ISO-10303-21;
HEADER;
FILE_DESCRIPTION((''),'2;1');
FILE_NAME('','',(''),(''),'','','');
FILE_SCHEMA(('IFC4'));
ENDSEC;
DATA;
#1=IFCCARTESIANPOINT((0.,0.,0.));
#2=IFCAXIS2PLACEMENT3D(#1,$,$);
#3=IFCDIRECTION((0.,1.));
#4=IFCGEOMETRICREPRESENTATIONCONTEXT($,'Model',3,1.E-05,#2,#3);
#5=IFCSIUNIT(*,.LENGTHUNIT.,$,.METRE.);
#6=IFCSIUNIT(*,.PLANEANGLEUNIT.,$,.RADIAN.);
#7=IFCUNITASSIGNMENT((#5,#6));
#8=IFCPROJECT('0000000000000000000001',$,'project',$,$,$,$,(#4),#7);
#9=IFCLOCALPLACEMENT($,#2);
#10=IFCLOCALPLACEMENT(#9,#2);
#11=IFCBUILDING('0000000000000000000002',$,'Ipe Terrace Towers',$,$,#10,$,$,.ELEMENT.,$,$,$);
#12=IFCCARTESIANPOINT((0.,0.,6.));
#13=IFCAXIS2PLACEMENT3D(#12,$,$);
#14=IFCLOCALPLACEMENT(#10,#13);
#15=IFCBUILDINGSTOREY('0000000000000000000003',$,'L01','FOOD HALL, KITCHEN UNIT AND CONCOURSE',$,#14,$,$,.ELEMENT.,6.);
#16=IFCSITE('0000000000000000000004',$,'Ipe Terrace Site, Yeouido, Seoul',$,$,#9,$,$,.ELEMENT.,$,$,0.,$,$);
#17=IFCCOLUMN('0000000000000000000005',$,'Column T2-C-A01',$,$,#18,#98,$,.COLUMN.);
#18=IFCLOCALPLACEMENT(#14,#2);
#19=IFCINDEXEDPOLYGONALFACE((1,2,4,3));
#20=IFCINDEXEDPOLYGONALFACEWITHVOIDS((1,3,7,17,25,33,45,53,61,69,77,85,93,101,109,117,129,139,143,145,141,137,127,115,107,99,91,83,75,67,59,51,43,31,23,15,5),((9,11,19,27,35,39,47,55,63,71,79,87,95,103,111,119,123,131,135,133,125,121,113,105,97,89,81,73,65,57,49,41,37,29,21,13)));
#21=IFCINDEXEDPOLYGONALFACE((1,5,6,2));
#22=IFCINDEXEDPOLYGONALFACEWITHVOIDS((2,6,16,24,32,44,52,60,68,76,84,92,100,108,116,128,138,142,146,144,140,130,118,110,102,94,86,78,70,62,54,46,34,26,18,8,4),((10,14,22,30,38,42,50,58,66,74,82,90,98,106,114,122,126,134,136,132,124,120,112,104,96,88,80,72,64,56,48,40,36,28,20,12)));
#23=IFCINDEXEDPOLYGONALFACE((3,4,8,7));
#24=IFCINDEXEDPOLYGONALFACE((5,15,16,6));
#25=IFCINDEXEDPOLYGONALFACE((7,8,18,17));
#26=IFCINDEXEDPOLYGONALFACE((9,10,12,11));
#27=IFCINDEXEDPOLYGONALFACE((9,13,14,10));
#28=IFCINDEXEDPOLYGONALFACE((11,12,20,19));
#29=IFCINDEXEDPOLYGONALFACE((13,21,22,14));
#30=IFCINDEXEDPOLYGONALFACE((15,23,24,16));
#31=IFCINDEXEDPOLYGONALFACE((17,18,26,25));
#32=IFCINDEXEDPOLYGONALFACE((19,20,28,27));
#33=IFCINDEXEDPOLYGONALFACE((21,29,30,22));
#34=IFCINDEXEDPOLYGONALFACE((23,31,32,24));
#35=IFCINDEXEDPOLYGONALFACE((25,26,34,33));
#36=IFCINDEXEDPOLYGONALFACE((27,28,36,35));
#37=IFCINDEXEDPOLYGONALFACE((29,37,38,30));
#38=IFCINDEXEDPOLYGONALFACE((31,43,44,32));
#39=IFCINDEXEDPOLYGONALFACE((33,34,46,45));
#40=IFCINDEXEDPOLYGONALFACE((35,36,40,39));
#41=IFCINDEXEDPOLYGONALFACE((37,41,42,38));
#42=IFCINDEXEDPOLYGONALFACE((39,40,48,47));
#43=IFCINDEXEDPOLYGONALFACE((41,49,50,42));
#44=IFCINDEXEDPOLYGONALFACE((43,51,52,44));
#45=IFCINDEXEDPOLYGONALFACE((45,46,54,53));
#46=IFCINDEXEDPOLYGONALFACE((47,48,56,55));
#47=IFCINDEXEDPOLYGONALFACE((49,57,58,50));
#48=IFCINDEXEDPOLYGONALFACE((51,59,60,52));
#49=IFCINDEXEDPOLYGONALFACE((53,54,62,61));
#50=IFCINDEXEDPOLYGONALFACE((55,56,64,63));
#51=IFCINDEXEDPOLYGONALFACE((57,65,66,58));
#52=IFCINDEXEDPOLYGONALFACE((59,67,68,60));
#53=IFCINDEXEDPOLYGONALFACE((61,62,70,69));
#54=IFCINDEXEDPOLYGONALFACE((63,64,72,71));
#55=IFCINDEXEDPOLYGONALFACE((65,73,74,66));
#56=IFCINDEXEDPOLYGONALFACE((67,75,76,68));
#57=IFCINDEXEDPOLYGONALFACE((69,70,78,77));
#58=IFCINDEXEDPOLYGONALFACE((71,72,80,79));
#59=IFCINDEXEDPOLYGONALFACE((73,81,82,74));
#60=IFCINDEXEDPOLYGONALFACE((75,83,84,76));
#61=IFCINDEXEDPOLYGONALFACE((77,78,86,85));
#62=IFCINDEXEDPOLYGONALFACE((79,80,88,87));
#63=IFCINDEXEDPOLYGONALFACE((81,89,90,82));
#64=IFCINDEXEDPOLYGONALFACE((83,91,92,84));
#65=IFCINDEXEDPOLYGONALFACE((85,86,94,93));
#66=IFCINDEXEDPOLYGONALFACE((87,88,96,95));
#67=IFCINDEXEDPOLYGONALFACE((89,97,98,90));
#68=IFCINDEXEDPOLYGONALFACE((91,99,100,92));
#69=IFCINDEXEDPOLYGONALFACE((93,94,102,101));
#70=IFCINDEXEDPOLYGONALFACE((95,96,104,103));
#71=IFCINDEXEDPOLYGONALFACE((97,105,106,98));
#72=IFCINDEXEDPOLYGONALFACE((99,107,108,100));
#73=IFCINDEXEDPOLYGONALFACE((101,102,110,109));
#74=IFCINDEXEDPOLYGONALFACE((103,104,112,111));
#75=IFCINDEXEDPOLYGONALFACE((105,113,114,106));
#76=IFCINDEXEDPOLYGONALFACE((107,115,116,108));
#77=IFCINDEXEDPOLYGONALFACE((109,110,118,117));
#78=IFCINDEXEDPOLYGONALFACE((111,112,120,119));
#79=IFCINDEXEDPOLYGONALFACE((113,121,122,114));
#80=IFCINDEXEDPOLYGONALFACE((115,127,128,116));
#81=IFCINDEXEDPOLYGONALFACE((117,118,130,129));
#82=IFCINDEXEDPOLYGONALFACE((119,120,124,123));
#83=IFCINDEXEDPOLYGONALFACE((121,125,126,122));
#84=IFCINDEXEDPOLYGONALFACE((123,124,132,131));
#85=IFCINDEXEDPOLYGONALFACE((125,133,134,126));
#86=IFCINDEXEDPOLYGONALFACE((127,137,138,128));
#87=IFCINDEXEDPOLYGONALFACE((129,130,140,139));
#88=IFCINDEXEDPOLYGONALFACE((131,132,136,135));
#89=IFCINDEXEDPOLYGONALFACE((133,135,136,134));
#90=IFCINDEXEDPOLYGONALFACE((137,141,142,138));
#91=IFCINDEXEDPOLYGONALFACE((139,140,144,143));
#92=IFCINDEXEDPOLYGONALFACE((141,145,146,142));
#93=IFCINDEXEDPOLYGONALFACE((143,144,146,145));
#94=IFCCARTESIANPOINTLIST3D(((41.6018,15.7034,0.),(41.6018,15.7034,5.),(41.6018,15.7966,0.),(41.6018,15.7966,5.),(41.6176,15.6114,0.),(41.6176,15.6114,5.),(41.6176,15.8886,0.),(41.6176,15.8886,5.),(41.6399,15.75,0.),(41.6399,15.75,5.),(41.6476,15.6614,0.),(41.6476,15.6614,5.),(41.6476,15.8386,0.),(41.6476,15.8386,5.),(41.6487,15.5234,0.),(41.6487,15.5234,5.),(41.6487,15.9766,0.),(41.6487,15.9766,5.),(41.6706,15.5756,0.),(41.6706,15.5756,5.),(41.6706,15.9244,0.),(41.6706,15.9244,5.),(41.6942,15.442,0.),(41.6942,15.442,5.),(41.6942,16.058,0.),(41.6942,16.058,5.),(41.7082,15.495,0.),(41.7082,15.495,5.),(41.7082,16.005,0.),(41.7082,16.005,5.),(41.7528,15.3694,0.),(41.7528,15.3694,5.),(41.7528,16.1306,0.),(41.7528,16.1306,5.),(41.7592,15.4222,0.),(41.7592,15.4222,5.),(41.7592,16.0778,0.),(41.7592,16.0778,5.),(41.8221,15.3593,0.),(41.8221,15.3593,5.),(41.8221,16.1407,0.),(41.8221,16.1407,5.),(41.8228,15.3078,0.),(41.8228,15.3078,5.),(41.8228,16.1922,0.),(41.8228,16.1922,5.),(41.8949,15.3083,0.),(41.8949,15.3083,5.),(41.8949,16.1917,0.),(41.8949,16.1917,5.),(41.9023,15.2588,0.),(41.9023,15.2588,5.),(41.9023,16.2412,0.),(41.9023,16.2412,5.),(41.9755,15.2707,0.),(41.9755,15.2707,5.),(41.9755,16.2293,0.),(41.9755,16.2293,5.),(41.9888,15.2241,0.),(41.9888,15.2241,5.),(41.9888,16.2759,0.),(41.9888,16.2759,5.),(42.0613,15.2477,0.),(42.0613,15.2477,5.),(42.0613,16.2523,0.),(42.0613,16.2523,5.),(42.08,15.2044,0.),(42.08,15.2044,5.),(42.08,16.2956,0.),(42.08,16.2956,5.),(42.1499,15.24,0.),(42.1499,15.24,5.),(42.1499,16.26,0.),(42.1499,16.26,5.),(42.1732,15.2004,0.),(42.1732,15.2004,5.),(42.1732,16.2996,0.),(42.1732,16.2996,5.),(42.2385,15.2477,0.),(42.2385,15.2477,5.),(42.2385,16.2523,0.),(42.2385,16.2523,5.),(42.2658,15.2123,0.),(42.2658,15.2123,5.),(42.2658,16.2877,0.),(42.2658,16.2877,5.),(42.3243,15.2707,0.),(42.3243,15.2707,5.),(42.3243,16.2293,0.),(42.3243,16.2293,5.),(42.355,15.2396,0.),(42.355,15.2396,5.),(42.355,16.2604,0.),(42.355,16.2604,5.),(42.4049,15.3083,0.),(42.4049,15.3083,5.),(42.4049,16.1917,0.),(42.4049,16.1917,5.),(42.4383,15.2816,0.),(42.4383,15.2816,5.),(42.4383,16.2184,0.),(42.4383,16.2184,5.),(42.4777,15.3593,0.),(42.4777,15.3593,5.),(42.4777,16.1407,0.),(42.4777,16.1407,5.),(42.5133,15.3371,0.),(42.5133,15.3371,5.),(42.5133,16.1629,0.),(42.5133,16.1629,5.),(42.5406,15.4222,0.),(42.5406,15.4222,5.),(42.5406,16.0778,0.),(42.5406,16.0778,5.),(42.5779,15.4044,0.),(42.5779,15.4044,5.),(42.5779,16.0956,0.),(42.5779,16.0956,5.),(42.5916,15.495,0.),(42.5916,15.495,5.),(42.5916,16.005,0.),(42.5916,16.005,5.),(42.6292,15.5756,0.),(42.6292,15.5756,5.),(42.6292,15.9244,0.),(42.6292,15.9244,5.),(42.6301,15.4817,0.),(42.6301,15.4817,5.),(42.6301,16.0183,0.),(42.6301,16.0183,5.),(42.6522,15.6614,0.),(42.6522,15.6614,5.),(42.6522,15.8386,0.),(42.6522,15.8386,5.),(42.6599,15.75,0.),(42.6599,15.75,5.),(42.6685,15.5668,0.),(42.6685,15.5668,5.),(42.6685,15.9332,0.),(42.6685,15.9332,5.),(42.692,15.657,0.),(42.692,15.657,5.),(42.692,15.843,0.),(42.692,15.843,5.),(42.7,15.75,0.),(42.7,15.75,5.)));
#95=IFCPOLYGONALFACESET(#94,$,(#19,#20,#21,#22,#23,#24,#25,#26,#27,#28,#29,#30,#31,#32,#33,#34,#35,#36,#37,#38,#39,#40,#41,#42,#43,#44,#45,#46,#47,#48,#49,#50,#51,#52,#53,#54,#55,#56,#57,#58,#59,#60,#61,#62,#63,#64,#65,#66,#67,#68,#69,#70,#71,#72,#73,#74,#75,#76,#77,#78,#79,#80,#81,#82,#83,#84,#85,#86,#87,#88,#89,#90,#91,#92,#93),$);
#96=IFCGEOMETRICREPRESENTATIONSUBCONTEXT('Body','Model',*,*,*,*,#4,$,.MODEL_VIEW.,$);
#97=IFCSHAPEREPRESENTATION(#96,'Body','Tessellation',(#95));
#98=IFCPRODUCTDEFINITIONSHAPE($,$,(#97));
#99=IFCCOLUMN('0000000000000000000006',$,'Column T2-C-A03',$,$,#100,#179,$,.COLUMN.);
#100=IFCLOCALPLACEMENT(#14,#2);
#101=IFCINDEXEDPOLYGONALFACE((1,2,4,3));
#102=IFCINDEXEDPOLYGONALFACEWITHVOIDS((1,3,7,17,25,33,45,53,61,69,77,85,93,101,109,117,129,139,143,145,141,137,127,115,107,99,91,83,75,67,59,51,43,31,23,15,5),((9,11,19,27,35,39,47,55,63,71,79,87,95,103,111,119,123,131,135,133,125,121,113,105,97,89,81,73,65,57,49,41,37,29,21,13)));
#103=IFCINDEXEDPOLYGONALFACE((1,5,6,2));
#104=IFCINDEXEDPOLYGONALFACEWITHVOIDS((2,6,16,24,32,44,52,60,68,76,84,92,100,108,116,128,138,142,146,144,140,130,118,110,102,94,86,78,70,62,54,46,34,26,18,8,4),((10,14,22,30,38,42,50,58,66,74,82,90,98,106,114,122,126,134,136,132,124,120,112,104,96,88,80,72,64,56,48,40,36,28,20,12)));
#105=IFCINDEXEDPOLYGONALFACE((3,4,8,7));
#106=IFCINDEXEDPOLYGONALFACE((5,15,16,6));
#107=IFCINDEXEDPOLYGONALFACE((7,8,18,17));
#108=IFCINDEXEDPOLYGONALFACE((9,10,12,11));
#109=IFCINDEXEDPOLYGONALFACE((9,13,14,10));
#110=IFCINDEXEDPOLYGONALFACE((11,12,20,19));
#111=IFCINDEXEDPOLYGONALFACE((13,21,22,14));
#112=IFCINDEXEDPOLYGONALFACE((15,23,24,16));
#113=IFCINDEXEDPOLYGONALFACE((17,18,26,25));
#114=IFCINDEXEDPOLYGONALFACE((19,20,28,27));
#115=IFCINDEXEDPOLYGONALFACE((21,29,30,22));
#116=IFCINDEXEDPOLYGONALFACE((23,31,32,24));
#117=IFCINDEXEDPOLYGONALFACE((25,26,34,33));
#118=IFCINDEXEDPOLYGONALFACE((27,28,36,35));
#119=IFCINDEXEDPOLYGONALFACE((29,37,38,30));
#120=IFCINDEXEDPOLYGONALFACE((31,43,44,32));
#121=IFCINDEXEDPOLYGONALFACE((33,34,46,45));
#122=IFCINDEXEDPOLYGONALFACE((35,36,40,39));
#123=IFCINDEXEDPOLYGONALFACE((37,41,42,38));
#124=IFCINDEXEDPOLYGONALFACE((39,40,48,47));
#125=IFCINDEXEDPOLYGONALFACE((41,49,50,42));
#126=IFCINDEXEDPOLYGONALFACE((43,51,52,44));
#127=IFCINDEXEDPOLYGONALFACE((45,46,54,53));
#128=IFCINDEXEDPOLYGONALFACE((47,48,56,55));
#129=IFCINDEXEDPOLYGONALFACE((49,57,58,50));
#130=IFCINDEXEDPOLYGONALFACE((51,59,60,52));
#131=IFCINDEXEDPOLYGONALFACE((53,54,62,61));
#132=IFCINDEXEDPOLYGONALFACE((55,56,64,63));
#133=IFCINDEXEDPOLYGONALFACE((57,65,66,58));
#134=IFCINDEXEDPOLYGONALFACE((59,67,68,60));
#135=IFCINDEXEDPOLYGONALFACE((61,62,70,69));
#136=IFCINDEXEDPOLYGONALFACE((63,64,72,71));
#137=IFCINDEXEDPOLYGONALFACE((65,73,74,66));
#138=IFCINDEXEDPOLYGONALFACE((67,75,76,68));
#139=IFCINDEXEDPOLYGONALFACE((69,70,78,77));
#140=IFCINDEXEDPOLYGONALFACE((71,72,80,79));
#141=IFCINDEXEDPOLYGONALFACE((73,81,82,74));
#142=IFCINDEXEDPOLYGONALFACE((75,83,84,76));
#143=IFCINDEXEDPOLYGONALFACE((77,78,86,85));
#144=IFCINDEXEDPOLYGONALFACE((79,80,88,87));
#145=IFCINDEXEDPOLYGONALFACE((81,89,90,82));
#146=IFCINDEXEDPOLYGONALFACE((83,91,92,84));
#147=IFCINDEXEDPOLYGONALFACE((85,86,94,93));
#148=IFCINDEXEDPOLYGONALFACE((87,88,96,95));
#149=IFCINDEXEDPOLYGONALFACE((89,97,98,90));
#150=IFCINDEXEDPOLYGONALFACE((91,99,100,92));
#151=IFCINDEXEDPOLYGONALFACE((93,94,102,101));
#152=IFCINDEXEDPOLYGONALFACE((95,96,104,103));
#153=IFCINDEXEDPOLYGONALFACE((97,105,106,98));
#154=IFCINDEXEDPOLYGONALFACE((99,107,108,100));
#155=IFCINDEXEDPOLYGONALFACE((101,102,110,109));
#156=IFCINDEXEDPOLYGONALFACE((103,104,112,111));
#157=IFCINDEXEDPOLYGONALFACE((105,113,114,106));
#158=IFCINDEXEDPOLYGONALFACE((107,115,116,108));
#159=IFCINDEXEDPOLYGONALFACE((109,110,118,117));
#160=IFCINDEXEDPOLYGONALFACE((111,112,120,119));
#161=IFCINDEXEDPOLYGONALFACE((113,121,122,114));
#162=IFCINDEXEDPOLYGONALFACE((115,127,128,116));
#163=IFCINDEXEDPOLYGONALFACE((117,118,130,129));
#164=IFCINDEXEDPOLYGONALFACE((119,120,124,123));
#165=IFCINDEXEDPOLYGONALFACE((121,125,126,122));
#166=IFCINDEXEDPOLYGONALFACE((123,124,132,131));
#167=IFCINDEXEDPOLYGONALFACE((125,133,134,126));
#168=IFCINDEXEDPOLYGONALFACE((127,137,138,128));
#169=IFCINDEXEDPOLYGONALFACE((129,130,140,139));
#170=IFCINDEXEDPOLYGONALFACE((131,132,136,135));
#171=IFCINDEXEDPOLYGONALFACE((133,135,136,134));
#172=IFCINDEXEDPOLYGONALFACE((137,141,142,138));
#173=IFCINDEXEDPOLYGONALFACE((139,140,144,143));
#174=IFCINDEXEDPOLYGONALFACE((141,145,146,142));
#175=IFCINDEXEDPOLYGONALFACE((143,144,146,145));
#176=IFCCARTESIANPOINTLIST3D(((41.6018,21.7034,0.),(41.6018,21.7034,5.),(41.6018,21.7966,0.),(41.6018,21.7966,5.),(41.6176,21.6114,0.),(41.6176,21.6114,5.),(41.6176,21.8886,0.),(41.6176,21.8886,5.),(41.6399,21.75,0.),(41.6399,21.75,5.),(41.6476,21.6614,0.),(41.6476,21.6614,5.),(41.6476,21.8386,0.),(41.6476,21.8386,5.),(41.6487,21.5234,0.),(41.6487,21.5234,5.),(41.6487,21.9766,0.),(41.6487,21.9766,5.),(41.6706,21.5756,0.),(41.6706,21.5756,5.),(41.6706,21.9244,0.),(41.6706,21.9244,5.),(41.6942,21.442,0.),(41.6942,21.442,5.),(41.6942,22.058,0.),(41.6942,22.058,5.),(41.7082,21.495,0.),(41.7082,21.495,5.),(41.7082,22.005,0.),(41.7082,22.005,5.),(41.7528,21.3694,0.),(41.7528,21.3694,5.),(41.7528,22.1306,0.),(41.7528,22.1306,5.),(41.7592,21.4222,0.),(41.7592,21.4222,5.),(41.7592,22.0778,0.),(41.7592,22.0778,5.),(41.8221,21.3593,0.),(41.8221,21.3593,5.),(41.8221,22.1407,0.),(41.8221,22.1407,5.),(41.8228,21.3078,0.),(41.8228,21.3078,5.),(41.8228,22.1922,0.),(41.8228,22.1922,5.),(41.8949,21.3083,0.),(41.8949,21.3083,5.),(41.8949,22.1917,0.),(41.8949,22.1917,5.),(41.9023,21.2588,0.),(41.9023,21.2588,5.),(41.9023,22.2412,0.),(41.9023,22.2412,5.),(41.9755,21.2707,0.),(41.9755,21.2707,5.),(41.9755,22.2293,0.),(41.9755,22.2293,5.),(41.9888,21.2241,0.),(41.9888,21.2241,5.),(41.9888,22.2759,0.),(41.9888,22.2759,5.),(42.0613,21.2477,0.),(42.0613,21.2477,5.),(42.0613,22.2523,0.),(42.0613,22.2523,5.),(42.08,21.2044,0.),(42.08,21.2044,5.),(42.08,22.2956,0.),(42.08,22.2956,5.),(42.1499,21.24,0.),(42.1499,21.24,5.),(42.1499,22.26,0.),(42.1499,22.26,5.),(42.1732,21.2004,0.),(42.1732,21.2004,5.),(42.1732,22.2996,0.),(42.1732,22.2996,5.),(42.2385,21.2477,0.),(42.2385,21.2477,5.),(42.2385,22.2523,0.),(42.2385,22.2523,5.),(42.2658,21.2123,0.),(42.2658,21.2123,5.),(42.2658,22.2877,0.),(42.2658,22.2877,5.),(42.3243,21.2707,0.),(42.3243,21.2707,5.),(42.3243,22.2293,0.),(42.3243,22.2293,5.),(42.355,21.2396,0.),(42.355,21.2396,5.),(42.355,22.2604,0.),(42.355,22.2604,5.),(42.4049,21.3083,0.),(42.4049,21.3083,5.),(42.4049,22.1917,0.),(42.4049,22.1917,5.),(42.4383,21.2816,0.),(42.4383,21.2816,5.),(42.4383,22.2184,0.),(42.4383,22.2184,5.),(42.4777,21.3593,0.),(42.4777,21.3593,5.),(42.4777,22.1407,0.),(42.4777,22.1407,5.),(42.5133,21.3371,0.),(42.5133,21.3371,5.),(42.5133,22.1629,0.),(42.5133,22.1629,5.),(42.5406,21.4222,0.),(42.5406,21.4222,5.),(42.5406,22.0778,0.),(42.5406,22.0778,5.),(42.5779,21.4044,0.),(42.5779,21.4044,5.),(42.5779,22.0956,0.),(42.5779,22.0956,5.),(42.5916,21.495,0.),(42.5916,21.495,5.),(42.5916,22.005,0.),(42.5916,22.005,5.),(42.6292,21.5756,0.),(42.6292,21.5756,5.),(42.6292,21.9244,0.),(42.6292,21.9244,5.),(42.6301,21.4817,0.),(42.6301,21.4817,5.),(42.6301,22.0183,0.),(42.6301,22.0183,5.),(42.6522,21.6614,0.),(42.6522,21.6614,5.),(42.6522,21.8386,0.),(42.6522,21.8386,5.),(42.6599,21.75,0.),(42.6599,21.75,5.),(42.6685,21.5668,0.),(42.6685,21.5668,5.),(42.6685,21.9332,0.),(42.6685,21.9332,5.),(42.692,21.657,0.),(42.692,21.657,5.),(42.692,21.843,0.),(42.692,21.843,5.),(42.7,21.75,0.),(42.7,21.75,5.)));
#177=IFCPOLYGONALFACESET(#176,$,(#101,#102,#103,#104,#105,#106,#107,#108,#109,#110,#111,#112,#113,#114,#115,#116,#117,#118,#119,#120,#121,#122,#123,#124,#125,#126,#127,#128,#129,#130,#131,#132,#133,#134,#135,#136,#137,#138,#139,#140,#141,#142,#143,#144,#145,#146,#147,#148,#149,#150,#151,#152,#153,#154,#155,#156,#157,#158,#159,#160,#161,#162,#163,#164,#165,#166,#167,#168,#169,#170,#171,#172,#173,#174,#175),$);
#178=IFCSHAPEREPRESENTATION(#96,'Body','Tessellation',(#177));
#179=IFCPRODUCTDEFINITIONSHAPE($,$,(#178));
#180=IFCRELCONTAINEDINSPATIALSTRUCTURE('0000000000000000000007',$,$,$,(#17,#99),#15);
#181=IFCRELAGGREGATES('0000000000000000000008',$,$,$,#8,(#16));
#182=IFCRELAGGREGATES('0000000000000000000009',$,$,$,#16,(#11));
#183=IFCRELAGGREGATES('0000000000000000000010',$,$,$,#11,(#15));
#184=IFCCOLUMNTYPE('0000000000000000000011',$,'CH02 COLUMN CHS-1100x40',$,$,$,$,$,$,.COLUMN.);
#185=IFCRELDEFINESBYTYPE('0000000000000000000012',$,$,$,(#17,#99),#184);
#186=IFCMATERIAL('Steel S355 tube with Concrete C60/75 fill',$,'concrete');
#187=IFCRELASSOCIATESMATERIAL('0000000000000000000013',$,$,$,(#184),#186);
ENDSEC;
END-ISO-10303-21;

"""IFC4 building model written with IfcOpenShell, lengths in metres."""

from ifc_helpers import new_model, si_unit, direction, frame, origin, origin_2d, place, context, subcontext, project, spatial, hollow_circle, extrude, material, material_profile, profile_set, type_object, element, save


model = new_model("IFC4")

# Units and contexts
model_context = context("Model", 3, precision=1e-05, world=origin(), true_north=direction((0.0, 1.0)))
body_context = subcontext(model_context, "Body", "Model", "MODEL_VIEW")
ifc_project = project(units=[si_unit("LENGTHUNIT", "METRE"), si_unit("PLANEANGLEUNIT", "RADIAN")], contexts=[model_context])

# Site, building, storey
site_placement = place(None, origin())
site = spatial("IfcSite", under=ifc_project, at=site_placement, Name="Ipe Terrace Site, Yeouido, Seoul", CompositionType="ELEMENT", RefElevation=0.0)
building_placement = place(site_placement, origin())
building = spatial("IfcBuilding", under=site, at=building_placement, Name="Ipe Terrace Towers", CompositionType="ELEMENT")
storey_placement = place(building_placement, frame((0.0, 0.0, 6.0)))
storey = spatial("IfcBuildingStorey", under=building, at=storey_placement, Name="L01", Description="FOOD HALL, KITCHEN UNIT AND CONCOURSE", CompositionType="ELEMENT", Elevation=6.0)

# Columns
ifc_material_1 = material(Name="Steel S355 tube with Concrete C60/75 fill", Category="concrete")
ifc_material_profile_1 = material_profile(ifc_material_1, hollow_circle(Radius=0.55, WallThickness=0.04, at=origin_2d()), Name="CHS-1100x40")
ifc_profile_set_1 = profile_set([ifc_material_profile_1], Name="Steel S355 tube with Concrete C60/75 fill")
column_type_1 = type_object("IfcColumnType", Name="CH02 COLUMN CHS-1100x40", PredefinedType="COLUMN", material=ifc_profile_set_1)
for number, where, z_axis, x_axis, name in (
    (1, (42.1499, 15.75, 0.0), (0.0, 0.0, 1.0), (1.0, 0.0, 0.0), "Column T2-C-A01"),
    (2, (42.1499, 21.75, 0.0), (0.0, 0.0, 1.0), (1.0, 0.0, 0.0), "Column T2-C-A03"),
):
    element("IfcColumn", number, at=place(storey_placement, frame(where, z_axis=z_axis, x_axis=x_axis)), inside=storey, type_object=column_type_1, Name=name, PredefinedType="COLUMN", context=body_context, shape_type="SweptSolid", body=[
        extrude(hollow_circle(Radius=0.55, WallThickness=0.04, at=origin_2d()), origin(), (0.0, 0.0, 1.0), 5.0),
    ])

save(model, "model.ifc")
